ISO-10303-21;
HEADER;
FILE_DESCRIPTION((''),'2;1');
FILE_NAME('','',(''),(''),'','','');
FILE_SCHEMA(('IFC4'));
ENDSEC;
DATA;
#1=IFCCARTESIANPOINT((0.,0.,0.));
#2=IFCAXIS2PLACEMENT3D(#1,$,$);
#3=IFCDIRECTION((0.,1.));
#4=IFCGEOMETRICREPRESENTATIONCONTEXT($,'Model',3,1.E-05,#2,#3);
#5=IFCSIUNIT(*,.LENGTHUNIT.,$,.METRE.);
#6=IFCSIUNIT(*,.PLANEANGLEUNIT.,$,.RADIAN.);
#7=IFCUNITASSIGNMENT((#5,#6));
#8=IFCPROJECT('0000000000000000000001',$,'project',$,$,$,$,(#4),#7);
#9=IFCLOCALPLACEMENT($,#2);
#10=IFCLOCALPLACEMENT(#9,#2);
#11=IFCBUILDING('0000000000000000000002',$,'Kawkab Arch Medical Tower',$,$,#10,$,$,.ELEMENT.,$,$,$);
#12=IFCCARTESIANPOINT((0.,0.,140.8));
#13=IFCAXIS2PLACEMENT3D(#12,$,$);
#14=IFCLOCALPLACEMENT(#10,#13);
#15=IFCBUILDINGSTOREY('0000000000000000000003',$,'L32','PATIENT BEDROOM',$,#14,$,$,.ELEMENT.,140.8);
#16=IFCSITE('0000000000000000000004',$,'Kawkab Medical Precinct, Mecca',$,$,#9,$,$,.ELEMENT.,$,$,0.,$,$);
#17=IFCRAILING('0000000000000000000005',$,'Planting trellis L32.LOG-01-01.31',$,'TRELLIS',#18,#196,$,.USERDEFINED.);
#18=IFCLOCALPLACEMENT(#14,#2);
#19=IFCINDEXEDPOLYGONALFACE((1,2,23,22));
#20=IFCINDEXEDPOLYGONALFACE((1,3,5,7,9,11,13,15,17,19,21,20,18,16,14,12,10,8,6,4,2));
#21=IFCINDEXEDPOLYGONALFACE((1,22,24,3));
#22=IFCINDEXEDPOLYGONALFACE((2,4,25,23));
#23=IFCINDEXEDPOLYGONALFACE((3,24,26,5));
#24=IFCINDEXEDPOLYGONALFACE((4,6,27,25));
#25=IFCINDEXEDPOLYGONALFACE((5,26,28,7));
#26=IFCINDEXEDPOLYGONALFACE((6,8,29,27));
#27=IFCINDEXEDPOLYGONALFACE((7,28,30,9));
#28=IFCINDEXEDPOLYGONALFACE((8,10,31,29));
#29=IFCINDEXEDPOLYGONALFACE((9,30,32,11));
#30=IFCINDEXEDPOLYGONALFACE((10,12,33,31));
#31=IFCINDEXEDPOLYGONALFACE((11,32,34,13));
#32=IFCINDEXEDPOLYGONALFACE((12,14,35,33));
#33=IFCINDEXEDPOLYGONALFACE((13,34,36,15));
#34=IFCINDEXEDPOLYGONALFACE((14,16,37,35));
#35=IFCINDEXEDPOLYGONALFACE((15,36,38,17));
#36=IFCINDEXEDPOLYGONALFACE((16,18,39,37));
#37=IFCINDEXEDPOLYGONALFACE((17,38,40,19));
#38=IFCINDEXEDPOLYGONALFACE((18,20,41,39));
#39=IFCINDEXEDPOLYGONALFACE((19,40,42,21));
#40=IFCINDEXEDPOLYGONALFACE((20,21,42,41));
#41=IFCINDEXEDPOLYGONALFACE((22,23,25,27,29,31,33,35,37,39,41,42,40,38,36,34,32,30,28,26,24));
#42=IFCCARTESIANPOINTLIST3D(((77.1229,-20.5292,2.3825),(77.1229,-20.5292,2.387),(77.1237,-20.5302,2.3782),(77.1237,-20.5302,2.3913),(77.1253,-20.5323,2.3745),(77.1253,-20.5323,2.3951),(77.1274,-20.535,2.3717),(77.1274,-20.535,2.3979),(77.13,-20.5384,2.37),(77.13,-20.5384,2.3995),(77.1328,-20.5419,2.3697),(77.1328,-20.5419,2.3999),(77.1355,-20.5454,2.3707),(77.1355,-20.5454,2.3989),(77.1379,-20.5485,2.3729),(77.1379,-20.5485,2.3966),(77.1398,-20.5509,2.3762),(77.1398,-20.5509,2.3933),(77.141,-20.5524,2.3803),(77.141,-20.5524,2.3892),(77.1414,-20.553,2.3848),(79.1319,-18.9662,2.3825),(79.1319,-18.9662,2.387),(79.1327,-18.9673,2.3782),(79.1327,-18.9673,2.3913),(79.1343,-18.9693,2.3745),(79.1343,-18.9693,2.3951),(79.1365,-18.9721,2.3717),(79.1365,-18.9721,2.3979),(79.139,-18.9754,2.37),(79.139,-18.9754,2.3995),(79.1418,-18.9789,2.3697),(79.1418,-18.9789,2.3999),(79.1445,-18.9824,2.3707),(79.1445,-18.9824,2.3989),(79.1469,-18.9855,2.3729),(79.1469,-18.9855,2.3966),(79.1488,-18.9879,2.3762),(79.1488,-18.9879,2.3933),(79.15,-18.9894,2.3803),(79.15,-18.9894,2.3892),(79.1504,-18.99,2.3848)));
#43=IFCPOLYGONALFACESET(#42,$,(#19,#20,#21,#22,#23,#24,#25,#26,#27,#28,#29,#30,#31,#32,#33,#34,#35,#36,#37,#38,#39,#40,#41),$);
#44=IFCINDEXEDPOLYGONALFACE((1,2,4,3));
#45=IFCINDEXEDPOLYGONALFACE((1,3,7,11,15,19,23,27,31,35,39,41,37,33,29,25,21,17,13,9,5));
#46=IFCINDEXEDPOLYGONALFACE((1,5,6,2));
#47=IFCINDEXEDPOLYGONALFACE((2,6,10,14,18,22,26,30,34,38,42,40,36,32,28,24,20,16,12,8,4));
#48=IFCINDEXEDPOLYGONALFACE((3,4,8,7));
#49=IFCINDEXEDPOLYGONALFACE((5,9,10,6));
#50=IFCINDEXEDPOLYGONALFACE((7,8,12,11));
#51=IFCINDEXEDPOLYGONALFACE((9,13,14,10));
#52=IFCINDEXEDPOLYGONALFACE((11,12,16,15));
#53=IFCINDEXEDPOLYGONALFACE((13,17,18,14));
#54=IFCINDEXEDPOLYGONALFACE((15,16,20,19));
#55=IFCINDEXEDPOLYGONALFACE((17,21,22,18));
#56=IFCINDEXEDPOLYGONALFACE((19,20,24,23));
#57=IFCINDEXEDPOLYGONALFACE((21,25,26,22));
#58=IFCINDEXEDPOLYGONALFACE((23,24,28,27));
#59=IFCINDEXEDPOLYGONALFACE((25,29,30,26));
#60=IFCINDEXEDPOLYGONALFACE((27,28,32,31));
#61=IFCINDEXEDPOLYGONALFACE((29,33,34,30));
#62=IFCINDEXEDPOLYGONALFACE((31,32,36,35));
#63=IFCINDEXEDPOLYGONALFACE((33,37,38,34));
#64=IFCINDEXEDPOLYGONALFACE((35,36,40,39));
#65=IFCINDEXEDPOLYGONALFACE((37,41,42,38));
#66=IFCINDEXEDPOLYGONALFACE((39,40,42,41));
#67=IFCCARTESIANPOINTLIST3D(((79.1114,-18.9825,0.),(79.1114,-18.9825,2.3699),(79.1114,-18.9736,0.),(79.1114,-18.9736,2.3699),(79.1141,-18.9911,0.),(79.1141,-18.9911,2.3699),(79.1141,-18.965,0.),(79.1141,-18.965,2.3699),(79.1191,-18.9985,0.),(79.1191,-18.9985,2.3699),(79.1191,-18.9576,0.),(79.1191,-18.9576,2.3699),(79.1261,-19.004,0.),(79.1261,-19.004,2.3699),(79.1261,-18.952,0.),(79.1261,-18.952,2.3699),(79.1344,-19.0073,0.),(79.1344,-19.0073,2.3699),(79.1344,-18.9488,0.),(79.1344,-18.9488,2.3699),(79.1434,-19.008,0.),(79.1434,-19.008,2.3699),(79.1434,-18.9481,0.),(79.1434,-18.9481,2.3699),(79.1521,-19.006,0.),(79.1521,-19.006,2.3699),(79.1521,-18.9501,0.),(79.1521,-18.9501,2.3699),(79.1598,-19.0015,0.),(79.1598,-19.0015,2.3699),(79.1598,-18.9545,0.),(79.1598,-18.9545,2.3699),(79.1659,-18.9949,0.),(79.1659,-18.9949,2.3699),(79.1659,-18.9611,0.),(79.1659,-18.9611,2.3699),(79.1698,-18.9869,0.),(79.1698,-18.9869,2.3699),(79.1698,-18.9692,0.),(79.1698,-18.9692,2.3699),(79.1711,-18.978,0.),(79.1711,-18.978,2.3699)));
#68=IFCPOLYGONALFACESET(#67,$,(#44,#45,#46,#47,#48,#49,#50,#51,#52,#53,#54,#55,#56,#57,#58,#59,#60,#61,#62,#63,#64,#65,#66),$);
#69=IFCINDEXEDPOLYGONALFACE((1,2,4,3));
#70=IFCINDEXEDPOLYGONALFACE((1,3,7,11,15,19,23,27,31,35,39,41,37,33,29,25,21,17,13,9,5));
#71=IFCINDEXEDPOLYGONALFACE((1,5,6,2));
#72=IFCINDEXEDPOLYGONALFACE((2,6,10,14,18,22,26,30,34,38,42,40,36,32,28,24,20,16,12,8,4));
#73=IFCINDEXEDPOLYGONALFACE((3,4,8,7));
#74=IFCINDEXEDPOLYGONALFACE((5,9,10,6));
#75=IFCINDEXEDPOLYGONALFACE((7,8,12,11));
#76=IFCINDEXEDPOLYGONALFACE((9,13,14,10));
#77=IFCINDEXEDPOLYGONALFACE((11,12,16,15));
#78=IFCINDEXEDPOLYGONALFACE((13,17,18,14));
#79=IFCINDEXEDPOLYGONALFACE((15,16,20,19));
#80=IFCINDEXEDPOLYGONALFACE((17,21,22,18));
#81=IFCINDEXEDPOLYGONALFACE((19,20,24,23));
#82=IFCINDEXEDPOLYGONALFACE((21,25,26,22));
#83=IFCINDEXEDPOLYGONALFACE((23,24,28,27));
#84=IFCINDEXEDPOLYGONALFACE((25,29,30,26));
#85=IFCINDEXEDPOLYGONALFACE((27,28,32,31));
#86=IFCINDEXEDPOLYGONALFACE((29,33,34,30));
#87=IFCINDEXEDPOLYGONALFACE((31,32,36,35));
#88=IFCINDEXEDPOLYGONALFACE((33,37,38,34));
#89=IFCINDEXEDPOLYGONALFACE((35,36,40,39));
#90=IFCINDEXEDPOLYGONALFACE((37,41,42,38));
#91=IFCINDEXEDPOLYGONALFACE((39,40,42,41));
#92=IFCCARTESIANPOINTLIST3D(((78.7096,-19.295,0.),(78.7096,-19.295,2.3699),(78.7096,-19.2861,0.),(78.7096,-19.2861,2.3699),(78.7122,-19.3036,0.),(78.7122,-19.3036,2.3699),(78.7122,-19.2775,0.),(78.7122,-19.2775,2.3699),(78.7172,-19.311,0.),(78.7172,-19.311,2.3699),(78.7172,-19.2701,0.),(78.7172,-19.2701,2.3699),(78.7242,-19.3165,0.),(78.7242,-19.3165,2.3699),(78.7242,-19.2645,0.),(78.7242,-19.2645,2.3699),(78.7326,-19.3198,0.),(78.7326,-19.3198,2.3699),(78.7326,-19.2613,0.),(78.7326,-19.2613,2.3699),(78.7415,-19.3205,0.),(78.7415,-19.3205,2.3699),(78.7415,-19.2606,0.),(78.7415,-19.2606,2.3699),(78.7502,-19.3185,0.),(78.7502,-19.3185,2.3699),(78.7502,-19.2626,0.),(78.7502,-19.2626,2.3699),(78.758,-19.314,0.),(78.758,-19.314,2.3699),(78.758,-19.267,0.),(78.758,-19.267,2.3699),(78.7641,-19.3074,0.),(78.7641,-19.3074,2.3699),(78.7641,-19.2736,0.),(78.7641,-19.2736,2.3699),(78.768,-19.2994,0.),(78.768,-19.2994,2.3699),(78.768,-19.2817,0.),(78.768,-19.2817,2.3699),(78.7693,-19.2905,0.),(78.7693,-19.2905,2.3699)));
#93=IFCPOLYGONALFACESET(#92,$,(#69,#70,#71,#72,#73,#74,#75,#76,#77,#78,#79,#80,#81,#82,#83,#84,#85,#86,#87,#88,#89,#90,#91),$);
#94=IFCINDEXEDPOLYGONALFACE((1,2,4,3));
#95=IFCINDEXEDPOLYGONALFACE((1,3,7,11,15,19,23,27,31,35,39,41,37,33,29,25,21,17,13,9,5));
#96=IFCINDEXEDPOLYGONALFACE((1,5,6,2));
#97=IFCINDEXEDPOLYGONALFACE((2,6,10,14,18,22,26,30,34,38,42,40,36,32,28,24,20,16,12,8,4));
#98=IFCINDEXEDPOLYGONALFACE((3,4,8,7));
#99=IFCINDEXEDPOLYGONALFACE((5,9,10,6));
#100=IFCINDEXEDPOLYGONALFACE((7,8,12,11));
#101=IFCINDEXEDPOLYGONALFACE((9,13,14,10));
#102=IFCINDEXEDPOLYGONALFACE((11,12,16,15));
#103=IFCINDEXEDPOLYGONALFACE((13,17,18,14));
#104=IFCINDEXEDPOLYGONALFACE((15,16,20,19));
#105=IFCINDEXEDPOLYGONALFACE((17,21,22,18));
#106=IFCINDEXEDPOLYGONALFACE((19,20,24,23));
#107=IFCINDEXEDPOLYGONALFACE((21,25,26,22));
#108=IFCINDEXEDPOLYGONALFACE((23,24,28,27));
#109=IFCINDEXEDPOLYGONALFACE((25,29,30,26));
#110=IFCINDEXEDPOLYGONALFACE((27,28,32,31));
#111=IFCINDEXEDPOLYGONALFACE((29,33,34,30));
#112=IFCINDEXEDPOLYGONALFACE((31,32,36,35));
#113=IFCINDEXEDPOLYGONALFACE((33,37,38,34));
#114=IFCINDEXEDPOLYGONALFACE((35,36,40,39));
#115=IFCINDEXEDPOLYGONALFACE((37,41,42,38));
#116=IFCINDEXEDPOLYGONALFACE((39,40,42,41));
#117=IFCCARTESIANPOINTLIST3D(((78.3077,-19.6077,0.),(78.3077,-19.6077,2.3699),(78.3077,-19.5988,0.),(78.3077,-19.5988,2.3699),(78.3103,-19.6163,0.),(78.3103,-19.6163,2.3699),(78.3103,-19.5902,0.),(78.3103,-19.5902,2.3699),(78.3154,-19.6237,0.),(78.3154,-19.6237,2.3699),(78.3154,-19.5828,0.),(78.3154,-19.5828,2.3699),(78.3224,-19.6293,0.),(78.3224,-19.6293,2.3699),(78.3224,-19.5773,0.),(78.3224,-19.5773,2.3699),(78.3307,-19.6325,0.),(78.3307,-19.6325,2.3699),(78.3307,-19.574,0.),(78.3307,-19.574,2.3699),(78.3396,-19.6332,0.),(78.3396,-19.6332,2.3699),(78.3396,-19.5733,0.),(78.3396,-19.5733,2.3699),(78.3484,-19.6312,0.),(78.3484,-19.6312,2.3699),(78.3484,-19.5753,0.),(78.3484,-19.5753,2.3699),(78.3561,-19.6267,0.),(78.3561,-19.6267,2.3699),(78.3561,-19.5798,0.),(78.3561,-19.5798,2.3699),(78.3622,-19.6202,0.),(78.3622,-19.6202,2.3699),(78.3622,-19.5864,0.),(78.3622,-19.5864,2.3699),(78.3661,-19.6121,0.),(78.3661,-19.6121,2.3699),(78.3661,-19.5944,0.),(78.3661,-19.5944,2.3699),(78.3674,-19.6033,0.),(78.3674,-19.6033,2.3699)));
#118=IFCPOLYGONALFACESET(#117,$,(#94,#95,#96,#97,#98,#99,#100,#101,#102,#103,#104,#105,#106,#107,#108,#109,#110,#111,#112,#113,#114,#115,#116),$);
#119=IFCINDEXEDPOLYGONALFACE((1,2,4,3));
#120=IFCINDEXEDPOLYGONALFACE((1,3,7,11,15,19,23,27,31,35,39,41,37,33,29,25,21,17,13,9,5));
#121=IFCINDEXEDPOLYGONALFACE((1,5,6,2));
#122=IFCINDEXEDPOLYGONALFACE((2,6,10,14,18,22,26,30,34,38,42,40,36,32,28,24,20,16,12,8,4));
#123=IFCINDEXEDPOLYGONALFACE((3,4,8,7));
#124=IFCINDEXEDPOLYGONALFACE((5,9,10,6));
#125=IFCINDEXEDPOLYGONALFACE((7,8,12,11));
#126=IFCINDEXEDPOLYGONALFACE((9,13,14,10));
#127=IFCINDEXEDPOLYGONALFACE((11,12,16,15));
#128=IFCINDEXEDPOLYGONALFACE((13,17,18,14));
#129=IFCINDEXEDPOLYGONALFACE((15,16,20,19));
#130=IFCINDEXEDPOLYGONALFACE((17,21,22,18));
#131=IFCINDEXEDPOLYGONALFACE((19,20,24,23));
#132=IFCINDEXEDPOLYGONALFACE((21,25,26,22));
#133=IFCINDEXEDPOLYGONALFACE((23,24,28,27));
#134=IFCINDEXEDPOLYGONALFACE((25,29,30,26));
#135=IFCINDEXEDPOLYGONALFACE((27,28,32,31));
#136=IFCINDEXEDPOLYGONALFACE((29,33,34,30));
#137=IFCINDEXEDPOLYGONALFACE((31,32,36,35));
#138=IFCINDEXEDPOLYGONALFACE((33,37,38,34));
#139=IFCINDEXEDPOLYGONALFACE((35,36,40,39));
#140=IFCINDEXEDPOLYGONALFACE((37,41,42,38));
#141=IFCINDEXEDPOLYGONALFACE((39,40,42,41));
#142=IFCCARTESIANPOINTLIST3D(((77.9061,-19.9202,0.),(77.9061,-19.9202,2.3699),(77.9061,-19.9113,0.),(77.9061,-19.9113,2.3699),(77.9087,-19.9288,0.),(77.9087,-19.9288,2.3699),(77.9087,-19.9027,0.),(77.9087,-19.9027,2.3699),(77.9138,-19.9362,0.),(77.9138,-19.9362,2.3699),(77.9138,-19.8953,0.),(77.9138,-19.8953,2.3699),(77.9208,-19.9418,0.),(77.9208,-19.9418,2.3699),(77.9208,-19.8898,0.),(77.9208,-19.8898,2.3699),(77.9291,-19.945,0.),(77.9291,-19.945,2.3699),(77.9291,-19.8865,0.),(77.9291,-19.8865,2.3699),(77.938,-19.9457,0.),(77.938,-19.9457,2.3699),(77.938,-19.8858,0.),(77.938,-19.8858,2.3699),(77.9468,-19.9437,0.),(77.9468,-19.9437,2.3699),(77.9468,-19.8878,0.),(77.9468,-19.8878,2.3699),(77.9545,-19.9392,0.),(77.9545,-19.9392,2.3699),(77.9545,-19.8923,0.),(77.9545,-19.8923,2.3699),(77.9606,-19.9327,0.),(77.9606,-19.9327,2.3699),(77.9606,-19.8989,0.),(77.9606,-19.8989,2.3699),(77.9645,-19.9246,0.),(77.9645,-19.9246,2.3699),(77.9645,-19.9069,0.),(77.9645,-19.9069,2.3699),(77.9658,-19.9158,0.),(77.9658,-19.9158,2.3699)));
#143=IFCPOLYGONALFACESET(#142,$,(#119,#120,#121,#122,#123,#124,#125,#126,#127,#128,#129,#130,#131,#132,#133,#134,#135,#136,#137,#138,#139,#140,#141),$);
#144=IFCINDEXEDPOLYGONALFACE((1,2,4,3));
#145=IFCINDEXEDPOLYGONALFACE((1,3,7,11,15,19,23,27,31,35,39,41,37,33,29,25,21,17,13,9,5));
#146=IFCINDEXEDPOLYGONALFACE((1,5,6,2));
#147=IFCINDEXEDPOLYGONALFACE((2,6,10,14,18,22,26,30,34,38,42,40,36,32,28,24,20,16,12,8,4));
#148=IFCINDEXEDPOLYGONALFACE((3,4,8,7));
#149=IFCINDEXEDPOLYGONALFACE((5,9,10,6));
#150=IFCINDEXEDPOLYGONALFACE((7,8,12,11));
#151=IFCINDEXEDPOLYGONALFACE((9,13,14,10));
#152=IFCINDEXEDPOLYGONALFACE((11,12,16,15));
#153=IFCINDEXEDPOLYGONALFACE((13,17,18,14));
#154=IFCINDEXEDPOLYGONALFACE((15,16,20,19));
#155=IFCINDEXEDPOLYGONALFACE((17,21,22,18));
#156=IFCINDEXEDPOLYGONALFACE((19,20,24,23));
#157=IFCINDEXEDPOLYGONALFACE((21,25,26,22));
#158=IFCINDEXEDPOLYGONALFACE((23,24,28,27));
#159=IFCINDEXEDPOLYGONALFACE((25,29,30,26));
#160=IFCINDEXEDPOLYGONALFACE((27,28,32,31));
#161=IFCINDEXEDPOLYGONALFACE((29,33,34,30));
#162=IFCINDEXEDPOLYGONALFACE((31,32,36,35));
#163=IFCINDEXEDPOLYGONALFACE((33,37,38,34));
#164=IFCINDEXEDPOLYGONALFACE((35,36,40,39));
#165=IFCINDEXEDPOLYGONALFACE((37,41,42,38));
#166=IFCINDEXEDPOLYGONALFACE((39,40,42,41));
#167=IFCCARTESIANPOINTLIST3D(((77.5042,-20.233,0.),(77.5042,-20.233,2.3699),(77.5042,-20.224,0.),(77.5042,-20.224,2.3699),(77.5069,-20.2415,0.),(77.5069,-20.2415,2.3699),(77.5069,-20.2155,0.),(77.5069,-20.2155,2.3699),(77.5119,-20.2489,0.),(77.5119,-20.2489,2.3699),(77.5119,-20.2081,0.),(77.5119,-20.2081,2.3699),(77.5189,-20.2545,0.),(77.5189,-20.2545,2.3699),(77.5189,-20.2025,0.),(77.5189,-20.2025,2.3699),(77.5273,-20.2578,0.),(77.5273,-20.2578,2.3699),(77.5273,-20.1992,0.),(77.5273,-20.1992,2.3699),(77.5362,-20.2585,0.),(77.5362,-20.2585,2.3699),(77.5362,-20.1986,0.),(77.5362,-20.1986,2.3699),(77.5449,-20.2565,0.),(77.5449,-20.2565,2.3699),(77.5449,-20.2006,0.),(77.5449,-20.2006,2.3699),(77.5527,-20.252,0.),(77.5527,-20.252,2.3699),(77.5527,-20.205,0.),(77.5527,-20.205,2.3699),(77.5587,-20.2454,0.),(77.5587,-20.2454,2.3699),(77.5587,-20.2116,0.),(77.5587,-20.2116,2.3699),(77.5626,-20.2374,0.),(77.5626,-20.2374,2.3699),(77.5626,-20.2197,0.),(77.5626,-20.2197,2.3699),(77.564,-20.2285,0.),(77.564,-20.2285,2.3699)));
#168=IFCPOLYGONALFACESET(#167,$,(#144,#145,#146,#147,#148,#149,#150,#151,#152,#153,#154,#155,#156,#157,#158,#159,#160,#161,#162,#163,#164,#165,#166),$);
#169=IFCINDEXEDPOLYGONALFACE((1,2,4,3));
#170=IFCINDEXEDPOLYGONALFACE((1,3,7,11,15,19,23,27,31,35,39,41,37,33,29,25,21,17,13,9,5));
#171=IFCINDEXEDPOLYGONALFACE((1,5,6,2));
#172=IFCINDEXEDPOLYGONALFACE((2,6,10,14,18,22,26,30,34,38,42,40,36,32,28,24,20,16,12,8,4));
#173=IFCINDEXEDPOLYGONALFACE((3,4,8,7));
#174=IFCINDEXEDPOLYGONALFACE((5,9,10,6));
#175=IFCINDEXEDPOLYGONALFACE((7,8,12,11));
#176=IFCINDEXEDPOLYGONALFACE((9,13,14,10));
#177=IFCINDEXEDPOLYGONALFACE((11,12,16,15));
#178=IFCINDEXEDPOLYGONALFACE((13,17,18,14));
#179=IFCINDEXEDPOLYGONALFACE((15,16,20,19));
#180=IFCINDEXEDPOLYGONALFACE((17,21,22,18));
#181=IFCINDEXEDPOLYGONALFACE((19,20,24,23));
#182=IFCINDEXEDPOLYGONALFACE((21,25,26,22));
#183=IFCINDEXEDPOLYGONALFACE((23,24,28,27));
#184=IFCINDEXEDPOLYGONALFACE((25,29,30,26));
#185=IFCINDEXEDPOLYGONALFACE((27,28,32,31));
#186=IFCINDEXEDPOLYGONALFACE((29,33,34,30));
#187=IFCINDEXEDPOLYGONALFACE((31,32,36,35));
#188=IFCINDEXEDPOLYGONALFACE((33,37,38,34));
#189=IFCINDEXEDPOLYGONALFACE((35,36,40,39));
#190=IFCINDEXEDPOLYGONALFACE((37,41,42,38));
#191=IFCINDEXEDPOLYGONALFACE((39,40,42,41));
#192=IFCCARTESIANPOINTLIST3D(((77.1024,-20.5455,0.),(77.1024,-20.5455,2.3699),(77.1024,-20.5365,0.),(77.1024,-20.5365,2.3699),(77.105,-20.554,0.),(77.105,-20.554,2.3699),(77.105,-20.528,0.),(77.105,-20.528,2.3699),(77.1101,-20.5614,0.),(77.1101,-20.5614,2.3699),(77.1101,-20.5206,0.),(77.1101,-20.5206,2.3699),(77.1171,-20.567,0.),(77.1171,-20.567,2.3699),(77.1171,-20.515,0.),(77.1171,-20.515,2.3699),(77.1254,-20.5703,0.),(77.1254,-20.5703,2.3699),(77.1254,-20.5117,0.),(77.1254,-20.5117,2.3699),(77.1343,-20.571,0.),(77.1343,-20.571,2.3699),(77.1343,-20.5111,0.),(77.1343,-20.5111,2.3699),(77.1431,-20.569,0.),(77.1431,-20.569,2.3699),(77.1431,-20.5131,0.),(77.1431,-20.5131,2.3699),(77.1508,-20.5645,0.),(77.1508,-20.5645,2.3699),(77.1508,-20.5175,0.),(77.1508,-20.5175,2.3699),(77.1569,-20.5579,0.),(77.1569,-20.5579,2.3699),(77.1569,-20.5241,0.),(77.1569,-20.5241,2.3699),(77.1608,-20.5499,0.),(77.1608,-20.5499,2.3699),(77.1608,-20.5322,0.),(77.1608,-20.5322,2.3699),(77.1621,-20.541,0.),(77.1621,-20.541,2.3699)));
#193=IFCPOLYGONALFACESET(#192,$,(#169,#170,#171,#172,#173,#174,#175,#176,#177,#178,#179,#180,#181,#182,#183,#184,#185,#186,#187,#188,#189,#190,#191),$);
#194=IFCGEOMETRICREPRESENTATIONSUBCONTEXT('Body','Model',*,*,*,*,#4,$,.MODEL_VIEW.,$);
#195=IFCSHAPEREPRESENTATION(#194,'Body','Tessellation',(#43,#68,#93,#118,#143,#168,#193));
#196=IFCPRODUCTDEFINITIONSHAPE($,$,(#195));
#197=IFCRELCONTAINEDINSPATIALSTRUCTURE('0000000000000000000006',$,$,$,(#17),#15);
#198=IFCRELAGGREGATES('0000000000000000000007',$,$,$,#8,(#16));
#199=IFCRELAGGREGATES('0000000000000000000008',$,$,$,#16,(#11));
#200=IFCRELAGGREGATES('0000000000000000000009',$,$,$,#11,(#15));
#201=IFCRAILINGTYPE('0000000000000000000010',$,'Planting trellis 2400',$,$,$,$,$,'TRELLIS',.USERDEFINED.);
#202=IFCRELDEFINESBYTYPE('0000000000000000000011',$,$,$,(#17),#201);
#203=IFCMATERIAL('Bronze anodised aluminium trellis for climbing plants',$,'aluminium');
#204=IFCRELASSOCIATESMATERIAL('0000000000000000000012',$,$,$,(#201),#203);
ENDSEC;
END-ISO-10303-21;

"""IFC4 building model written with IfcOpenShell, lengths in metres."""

from ifc_helpers import new_model, si_unit, direction, frame, origin, origin_2d, place, context, subcontext, project, spatial, circle, extrude, material, type_object, element, save


model = new_model("IFC4")

# Units and contexts
model_context = context("Model", 3, precision=1e-05, world=origin(), true_north=direction((0.0, 1.0)))
body_context = subcontext(model_context, "Body", "Model", "MODEL_VIEW")
ifc_project = project(units=[si_unit("LENGTHUNIT", "METRE"), si_unit("PLANEANGLEUNIT", "RADIAN")], contexts=[model_context])

# Site, building, storey
site_placement = place(None, origin())
site = spatial("IfcSite", under=ifc_project, at=site_placement, Name="Kawkab Medical Precinct, Mecca", CompositionType="ELEMENT", RefElevation=0.0)
building_placement = place(site_placement, origin())
building = spatial("IfcBuilding", under=site, at=building_placement, Name="Kawkab Arch Medical Tower", CompositionType="ELEMENT")
storey_placement = place(building_placement, frame((0.0, 0.0, 140.8)))
storey = spatial("IfcBuildingStorey", under=building, at=storey_placement, Name="L32", Description="PATIENT BEDROOM", CompositionType="ELEMENT", Elevation=140.8)

# Railing
ifc_material_1 = material(Name="Bronze anodised aluminium trellis for climbing plants", Category="aluminium")
railing_type = type_object("IfcRailingType", Name="Planting trellis 2400", ElementType="TRELLIS", PredefinedType="USERDEFINED", material=ifc_material_1)
railing_1_placement = place(storey_placement, frame((79.1411, -18.978, 0.0)))
element("IfcRailing", 1, at=railing_1_placement, inside=storey, type_object=railing_type, Name="Planting trellis L32.LOG-01-01.31", ObjectType="TRELLIS", PredefinedType="USERDEFINED", context=body_context, shape_type="SweptSolid", body=[
    extrude(circle(Radius=0.0151, at=origin_2d()), frame((0.0, 0.0, 2.3848), z_axis=(-0.789275, -0.61404, 0.0), x_axis=(0.61404, -0.789275, 0.0)), (0.0, 0.0, 1.0), 2.5454),
    extrude(circle(Radius=0.03, at=origin_2d()), origin(), (0.0, 0.0, 1.0), 2.3699),
    extrude(circle(Radius=0.03, at=origin_2d()), frame((-0.4019, -0.3125, 0.0)), (0.0, 0.0, 1.0), 2.3699),
    extrude(circle(Radius=0.03, at=origin_2d()), frame((-0.8037, -0.6252, 0.0)), (0.0, 0.0, 1.0), 2.3699),
    extrude(circle(Radius=0.03, at=origin_2d()), frame((-1.2053, -0.9377, 0.0)), (0.0, 0.0, 1.0), 2.3699),
    extrude(circle(Radius=0.03, at=origin_2d()), frame((-1.6072, -1.2505, 0.0)), (0.0, 0.0, 1.0), 2.3699),
    extrude(circle(Radius=0.03, at=origin_2d()), frame((-2.009, -1.563, 0.0)), (0.0, 0.0, 1.0), 2.3699),
])

save(model, "model.ifc")
